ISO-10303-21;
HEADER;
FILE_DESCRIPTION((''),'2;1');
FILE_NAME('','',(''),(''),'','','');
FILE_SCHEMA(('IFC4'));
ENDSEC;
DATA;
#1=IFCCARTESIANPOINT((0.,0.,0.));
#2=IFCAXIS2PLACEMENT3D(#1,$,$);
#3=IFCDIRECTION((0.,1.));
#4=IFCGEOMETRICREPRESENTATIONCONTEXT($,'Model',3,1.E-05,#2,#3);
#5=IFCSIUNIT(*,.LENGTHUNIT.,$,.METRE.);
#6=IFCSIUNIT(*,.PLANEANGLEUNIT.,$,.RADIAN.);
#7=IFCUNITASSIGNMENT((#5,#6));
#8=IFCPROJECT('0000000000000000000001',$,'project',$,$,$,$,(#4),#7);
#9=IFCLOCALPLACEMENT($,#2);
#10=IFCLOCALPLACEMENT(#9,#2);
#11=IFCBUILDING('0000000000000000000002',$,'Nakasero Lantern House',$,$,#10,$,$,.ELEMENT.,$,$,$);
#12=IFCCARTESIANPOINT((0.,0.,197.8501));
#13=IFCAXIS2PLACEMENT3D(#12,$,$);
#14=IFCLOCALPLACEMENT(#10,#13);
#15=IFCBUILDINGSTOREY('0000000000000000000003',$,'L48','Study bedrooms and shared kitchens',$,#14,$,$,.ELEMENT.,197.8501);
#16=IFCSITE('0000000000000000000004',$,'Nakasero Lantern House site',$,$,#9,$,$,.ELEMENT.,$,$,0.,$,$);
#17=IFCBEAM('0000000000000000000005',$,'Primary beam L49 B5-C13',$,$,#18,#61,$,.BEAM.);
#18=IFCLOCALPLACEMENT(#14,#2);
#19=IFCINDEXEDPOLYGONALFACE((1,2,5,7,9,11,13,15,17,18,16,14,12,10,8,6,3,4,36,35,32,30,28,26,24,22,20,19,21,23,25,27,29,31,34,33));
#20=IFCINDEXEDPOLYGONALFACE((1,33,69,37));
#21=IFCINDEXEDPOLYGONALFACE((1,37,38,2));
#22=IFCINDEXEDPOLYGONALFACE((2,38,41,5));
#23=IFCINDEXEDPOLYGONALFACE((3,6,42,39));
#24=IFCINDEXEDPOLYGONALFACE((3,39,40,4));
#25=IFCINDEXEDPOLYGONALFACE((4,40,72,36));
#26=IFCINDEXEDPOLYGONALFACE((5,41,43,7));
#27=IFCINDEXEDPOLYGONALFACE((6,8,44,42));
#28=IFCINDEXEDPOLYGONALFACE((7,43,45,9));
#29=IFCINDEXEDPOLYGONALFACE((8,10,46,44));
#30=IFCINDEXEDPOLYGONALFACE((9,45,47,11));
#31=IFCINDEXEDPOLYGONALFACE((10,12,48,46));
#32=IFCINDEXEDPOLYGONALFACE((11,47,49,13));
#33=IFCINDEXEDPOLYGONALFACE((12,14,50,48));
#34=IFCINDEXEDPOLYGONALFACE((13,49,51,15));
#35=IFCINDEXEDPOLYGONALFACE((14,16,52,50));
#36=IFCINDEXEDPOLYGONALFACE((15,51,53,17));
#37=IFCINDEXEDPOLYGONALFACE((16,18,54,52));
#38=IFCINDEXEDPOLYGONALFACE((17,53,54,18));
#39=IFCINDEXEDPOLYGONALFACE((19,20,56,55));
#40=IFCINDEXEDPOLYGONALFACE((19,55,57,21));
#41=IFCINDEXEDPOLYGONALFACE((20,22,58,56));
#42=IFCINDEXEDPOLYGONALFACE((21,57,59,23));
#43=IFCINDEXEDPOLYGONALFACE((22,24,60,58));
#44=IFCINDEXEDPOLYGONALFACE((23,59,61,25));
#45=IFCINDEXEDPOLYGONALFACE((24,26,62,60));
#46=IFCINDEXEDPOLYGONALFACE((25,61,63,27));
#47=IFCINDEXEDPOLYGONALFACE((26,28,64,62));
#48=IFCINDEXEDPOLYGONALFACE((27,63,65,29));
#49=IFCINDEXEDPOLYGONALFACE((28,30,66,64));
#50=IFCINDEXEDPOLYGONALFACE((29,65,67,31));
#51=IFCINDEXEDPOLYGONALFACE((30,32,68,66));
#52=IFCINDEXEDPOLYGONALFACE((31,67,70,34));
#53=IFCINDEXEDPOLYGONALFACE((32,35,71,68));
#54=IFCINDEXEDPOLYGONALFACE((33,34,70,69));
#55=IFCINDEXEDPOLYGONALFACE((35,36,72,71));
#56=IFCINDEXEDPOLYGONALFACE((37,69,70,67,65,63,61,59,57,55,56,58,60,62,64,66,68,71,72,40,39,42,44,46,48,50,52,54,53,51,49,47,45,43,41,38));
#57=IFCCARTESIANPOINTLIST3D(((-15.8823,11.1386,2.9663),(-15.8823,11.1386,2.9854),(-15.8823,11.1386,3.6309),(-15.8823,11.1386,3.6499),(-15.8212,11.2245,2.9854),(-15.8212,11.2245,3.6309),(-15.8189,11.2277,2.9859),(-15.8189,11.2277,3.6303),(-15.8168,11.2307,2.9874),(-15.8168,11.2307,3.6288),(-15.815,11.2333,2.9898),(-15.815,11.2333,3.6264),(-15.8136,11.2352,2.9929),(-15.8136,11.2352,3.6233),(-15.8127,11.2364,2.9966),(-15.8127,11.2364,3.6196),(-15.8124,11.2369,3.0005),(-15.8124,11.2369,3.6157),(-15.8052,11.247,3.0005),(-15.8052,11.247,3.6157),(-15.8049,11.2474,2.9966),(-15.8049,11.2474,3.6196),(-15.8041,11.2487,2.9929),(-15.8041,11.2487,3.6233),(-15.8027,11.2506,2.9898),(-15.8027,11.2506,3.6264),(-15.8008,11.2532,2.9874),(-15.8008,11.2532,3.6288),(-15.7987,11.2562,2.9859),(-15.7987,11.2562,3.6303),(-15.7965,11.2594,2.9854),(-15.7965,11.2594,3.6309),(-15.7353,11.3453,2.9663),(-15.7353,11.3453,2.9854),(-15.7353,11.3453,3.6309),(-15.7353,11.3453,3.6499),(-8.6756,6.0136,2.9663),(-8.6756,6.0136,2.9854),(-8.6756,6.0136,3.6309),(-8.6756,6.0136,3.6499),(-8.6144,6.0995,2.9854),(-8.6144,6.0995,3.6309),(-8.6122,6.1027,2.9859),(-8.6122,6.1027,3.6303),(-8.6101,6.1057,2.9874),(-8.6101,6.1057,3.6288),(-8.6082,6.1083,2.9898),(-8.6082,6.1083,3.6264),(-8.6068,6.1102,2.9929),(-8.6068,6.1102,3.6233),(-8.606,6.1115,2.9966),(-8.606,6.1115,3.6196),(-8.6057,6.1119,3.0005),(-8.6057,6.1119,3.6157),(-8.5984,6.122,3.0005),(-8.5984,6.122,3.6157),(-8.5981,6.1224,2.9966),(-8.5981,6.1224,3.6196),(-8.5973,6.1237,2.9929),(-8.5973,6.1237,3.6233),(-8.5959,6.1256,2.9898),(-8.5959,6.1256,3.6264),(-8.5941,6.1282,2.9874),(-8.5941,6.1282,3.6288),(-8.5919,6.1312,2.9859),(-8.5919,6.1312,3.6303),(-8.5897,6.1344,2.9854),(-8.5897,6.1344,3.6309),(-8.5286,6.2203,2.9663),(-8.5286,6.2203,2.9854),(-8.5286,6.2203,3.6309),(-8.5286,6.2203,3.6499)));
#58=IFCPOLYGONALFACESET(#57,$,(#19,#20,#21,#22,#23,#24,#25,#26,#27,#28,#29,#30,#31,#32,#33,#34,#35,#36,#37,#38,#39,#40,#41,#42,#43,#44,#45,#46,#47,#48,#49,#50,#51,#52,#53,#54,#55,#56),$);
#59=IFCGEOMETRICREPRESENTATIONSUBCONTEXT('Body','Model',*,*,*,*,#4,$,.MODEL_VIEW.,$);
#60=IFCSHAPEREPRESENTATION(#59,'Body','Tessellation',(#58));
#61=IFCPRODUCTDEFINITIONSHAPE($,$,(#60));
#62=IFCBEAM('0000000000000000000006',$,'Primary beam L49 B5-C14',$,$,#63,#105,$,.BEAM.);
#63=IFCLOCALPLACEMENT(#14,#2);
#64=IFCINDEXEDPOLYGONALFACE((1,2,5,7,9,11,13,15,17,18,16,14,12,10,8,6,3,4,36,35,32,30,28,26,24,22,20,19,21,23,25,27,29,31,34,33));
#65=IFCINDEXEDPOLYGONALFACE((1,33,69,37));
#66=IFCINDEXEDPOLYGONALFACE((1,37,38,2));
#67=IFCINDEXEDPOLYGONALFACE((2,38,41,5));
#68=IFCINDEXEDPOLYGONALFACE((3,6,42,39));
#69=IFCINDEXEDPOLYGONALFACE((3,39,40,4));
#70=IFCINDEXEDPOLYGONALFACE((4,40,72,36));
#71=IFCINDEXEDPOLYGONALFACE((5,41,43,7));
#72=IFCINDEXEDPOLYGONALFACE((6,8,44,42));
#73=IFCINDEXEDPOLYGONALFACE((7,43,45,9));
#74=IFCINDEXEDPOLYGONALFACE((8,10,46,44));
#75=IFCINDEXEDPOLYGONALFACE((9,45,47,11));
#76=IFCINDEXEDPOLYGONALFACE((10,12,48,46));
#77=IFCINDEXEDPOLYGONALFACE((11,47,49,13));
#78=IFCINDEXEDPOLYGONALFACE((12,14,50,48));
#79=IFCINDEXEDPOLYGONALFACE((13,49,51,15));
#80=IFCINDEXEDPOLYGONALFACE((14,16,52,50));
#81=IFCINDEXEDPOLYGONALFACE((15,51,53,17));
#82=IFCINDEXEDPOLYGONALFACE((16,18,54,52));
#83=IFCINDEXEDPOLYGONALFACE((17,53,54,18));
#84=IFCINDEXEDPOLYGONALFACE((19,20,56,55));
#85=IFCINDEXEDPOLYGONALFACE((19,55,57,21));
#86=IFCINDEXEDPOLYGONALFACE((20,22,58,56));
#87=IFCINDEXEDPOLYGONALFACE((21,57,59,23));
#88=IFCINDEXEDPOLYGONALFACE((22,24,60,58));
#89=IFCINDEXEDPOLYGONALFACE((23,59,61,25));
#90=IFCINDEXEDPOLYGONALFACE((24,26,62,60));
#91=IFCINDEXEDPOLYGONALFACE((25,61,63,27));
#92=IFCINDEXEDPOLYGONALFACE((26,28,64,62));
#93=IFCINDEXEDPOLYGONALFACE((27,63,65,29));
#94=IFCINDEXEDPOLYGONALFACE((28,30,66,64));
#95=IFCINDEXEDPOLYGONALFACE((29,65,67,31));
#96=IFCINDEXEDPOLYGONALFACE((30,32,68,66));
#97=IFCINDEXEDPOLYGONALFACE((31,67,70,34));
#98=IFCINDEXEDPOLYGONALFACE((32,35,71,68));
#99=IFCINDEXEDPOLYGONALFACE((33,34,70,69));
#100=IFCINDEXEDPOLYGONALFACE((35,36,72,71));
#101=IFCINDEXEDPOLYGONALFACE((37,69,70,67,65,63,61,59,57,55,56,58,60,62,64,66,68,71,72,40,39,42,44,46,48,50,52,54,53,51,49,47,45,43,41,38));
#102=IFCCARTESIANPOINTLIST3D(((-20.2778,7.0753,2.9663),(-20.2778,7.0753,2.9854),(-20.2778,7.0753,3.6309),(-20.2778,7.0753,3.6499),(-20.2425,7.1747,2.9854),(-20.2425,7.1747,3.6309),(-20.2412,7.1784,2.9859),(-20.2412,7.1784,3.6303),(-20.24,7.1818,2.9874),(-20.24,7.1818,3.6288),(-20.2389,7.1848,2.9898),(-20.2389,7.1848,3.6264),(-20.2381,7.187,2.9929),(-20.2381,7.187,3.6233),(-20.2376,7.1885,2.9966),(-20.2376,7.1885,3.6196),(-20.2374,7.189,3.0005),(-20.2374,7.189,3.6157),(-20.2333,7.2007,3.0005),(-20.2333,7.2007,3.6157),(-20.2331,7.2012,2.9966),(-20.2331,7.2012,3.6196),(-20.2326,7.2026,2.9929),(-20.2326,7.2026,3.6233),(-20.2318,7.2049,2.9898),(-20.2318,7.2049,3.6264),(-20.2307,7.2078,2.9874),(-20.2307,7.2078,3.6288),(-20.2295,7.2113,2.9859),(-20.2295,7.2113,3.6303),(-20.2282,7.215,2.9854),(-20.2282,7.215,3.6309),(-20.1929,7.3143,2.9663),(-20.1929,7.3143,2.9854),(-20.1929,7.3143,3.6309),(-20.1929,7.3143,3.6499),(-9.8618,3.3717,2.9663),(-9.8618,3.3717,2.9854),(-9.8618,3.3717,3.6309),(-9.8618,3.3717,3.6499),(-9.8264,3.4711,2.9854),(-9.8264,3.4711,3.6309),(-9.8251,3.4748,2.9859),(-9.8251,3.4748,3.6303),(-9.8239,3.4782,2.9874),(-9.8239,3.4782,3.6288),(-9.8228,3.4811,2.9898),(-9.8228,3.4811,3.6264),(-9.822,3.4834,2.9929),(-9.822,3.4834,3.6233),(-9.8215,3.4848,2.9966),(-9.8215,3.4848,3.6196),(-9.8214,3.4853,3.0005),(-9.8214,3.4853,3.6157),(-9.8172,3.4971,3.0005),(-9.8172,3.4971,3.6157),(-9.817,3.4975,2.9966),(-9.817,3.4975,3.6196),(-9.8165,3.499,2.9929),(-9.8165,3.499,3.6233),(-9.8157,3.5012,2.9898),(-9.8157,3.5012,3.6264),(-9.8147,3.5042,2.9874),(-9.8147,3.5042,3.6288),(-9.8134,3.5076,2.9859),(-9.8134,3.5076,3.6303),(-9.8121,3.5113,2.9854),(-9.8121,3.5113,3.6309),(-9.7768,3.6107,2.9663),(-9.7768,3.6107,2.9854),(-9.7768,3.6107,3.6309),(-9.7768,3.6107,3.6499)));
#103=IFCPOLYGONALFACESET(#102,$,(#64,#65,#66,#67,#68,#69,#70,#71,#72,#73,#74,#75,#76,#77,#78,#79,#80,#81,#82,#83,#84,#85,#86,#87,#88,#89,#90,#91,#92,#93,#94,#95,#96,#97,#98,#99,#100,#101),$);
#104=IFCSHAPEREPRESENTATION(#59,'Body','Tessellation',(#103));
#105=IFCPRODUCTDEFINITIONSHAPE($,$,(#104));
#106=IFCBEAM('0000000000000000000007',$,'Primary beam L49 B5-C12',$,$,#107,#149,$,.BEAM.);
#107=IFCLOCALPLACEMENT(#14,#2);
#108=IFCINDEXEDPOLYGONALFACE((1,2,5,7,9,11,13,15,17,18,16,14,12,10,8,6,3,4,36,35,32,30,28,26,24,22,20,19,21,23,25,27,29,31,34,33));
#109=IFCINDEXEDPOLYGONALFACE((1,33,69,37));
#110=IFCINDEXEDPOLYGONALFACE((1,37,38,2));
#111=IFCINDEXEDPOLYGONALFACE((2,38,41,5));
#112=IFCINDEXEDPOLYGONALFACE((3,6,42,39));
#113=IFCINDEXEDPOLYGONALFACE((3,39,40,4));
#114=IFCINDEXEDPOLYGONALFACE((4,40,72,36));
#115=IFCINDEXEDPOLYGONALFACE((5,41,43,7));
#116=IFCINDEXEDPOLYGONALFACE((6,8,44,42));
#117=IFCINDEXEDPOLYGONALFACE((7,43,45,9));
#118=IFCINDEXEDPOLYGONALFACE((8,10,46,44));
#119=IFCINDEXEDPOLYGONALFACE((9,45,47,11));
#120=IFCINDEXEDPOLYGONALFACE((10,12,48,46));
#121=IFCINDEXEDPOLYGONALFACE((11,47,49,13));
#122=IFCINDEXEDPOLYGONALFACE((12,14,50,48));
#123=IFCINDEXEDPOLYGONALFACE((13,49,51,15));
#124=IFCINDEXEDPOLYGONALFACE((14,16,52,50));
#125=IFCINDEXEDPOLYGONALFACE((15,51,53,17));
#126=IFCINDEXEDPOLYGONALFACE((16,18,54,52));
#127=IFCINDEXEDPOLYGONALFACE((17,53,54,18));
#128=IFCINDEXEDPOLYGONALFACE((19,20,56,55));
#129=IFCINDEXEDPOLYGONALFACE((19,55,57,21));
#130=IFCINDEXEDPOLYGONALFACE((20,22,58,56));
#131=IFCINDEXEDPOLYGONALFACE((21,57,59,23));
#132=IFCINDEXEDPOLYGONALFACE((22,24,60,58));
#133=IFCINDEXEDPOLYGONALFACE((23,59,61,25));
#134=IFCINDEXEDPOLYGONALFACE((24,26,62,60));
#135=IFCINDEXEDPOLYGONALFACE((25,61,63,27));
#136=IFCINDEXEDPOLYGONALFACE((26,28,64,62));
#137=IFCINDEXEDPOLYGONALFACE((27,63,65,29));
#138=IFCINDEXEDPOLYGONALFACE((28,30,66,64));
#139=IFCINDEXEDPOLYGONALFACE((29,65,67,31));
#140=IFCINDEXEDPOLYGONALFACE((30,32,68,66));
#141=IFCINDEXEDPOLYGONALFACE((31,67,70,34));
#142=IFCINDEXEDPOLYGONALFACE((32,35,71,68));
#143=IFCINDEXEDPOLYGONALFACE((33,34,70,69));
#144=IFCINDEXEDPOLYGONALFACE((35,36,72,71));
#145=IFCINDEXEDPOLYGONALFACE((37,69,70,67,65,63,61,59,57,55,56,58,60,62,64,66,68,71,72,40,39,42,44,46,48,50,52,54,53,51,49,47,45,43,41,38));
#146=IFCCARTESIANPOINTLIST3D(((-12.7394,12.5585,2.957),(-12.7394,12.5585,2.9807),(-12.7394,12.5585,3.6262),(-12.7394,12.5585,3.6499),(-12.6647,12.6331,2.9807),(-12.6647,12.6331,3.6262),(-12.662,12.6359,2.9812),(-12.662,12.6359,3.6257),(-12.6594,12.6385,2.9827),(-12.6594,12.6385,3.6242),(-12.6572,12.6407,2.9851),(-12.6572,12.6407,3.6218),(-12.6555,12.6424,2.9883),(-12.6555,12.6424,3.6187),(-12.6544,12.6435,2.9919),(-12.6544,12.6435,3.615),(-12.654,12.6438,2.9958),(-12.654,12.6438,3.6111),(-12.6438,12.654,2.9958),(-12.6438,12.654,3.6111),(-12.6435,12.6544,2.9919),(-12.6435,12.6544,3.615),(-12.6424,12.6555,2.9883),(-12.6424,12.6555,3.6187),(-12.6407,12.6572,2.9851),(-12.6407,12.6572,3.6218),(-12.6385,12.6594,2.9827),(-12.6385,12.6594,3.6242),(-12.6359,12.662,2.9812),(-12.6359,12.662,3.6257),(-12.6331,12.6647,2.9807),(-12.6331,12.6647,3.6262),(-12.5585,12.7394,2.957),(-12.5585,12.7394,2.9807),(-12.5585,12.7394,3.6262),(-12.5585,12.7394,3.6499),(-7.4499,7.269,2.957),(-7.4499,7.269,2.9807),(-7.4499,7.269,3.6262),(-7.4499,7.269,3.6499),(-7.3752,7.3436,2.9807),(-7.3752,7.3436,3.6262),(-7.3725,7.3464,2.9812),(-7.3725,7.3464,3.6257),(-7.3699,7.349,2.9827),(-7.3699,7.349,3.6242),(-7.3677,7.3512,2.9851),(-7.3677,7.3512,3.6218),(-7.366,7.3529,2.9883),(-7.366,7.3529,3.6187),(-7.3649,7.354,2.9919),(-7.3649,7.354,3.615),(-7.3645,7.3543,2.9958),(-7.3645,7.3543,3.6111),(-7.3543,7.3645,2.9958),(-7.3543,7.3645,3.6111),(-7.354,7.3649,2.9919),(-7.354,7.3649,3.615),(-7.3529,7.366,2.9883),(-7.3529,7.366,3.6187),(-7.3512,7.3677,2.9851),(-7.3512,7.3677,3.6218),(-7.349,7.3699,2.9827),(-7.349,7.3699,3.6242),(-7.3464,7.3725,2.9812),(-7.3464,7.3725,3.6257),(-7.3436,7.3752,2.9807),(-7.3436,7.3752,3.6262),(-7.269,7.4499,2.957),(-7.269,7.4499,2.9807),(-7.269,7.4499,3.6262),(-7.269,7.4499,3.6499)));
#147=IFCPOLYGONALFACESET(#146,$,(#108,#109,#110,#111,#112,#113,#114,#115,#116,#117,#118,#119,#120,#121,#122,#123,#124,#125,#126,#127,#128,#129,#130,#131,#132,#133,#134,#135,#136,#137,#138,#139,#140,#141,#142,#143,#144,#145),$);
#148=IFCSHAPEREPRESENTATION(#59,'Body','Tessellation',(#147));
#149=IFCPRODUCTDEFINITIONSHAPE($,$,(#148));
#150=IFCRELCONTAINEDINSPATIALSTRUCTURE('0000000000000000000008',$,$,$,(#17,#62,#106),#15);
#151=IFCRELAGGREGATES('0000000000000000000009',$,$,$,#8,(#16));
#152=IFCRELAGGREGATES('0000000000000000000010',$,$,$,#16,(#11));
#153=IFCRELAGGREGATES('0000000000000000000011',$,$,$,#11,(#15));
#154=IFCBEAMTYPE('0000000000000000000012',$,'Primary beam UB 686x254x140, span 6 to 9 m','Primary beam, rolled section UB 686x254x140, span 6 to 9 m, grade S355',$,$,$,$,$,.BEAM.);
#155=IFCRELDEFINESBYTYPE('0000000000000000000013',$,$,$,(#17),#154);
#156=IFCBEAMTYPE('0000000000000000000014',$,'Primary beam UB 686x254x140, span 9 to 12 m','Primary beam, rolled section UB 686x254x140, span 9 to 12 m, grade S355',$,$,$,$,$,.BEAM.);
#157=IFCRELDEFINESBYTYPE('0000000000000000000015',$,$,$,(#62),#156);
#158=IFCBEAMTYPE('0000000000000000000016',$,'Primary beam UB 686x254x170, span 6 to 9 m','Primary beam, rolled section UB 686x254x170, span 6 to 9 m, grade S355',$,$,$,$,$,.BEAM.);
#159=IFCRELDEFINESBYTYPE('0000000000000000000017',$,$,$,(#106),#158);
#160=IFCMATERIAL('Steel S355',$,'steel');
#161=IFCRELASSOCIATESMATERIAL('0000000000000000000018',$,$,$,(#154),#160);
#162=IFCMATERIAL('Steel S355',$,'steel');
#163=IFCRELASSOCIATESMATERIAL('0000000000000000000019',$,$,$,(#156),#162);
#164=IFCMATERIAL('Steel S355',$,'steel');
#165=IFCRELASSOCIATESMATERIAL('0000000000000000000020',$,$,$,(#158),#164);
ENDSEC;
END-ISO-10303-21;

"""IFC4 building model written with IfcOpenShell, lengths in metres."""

from ifc_helpers import new_model, si_unit, direction, frame, origin, origin_2d, place, context, subcontext, project, spatial, i_section, extrude, material, material_profile, profile_set, type_object, element, save


model = new_model("IFC4")

# Units and contexts
model_context = context("Model", 3, precision=1e-05, world=origin(), true_north=direction((0.0, 1.0)))
body_context = subcontext(model_context, "Body", "Model", "MODEL_VIEW")
ifc_project = project(units=[si_unit("LENGTHUNIT", "METRE"), si_unit("PLANEANGLEUNIT", "RADIAN")], contexts=[model_context])

# Site, building, storey
site_placement = place(None, origin())
site = spatial("IfcSite", under=ifc_project, at=site_placement, Name="Nakasero Lantern House site", CompositionType="ELEMENT", RefElevation=0.0)
building_placement = place(site_placement, origin())
building = spatial("IfcBuilding", under=site, at=building_placement, Name="Nakasero Lantern House", CompositionType="ELEMENT")
storey_placement = place(building_placement, frame((0.0, 0.0, 197.8501)))
storey = spatial("IfcBuildingStorey", under=building, at=storey_placement, Name="L48", Description="Study bedrooms and shared kitchens", CompositionType="ELEMENT", Elevation=197.8501)

# Beams
ifc_material_1 = material(Name="Steel S355", Category="steel")
ifc_material_profile_1 = material_profile(ifc_material_1, i_section(OverallWidth=0.2537, OverallDepth=0.6836, WebThickness=0.0125, FlangeThickness=0.019, FilletRadius=0.0151, at=origin_2d()), Name="UB 686x254x140")
ifc_profile_set_1 = profile_set([ifc_material_profile_1], Name="Steel S355")
beam_type_1 = type_object("IfcBeamType", Name="Primary beam UB 686x254x140, span 6 to 9 m", Description="Primary beam, rolled section UB 686x254x140, span 6 to 9 m, grade S355", PredefinedType="BEAM", material=ifc_profile_set_1)
beam_1_placement = place(storey_placement, frame((-15.8088, 11.2419, 3.3081), z_axis=(0.814946, -0.579537, 0.0), x_axis=(0.579537, 0.814946, 0.0)))
element("IfcBeam", 1, at=beam_1_placement, inside=storey, type_object=beam_type_1, Name="Primary beam L49 B5-C13", PredefinedType="BEAM", context=body_context, shape_type="SweptSolid", body=[
    extrude(i_section(OverallWidth=0.2537, OverallDepth=0.6836, WebThickness=0.0125, FlangeThickness=0.019, FilletRadius=0.0151, at=origin_2d()), origin(), (0.0, 0.0, 1.0), 8.8433),
])
ifc_material_2 = material(Name="Steel S355", Category="steel")
ifc_material_profile_2 = material_profile(ifc_material_2, i_section(OverallWidth=0.2537, OverallDepth=0.6836, WebThickness=0.0125, FlangeThickness=0.019, FilletRadius=0.0151, at=origin_2d()), Name="UB 686x254x140")
ifc_profile_set_2 = profile_set([ifc_material_profile_2], Name="Steel S355")
beam_type_2 = type_object("IfcBeamType", Name="Primary beam UB 686x254x140, span 9 to 12 m", Description="Primary beam, rolled section UB 686x254x140, span 9 to 12 m, grade S355", PredefinedType="BEAM", material=ifc_profile_set_2)
beam_2_placement = place(storey_placement, frame((-20.2354, 7.1948, 3.3081), z_axis=(0.942211, -0.335021, 0.0), x_axis=(0.335021, 0.942211, 0.0)))
element("IfcBeam", 2, at=beam_2_placement, inside=storey, type_object=beam_type_2, Name="Primary beam L49 B5-C14", PredefinedType="BEAM", context=body_context, shape_type="SweptSolid", body=[
    extrude(i_section(OverallWidth=0.2537, OverallDepth=0.6836, WebThickness=0.0125, FlangeThickness=0.019, FilletRadius=0.0151, at=origin_2d()), origin(), (0.0, 0.0, 1.0), 11.0549),
])
ifc_material_3 = material(Name="Steel S355", Category="steel")
ifc_material_profile_3 = material_profile(ifc_material_3, i_section(OverallWidth=0.2559, OverallDepth=0.6929, WebThickness=0.0144, FlangeThickness=0.0237, FilletRadius=0.0151, at=origin_2d()), Name="UB 686x254x170")
ifc_profile_set_3 = profile_set([ifc_material_profile_3], Name="Steel S355")
beam_type_3 = type_object("IfcBeamType", Name="Primary beam UB 686x254x170, span 6 to 9 m", Description="Primary beam, rolled section UB 686x254x170, span 6 to 9 m, grade S355", PredefinedType="BEAM", material=ifc_profile_set_3)
beam_3_placement = place(storey_placement, frame((-12.6489, 12.6489, 3.3035), z_axis=(0.707107, -0.707107, 0.0), x_axis=(0.707107, 0.707107, 0.0)))
element("IfcBeam", 3, at=beam_3_placement, inside=storey, type_object=beam_type_3, Name="Primary beam L49 B5-C12", PredefinedType="BEAM", context=body_context, shape_type="SweptSolid", body=[
    extrude(i_section(OverallWidth=0.2559, OverallDepth=0.6929, WebThickness=0.0144, FlangeThickness=0.0237, FilletRadius=0.0151, at=origin_2d()), origin(), (0.0, 0.0, 1.0), 7.4805),
])

save(model, "model.ifc")
